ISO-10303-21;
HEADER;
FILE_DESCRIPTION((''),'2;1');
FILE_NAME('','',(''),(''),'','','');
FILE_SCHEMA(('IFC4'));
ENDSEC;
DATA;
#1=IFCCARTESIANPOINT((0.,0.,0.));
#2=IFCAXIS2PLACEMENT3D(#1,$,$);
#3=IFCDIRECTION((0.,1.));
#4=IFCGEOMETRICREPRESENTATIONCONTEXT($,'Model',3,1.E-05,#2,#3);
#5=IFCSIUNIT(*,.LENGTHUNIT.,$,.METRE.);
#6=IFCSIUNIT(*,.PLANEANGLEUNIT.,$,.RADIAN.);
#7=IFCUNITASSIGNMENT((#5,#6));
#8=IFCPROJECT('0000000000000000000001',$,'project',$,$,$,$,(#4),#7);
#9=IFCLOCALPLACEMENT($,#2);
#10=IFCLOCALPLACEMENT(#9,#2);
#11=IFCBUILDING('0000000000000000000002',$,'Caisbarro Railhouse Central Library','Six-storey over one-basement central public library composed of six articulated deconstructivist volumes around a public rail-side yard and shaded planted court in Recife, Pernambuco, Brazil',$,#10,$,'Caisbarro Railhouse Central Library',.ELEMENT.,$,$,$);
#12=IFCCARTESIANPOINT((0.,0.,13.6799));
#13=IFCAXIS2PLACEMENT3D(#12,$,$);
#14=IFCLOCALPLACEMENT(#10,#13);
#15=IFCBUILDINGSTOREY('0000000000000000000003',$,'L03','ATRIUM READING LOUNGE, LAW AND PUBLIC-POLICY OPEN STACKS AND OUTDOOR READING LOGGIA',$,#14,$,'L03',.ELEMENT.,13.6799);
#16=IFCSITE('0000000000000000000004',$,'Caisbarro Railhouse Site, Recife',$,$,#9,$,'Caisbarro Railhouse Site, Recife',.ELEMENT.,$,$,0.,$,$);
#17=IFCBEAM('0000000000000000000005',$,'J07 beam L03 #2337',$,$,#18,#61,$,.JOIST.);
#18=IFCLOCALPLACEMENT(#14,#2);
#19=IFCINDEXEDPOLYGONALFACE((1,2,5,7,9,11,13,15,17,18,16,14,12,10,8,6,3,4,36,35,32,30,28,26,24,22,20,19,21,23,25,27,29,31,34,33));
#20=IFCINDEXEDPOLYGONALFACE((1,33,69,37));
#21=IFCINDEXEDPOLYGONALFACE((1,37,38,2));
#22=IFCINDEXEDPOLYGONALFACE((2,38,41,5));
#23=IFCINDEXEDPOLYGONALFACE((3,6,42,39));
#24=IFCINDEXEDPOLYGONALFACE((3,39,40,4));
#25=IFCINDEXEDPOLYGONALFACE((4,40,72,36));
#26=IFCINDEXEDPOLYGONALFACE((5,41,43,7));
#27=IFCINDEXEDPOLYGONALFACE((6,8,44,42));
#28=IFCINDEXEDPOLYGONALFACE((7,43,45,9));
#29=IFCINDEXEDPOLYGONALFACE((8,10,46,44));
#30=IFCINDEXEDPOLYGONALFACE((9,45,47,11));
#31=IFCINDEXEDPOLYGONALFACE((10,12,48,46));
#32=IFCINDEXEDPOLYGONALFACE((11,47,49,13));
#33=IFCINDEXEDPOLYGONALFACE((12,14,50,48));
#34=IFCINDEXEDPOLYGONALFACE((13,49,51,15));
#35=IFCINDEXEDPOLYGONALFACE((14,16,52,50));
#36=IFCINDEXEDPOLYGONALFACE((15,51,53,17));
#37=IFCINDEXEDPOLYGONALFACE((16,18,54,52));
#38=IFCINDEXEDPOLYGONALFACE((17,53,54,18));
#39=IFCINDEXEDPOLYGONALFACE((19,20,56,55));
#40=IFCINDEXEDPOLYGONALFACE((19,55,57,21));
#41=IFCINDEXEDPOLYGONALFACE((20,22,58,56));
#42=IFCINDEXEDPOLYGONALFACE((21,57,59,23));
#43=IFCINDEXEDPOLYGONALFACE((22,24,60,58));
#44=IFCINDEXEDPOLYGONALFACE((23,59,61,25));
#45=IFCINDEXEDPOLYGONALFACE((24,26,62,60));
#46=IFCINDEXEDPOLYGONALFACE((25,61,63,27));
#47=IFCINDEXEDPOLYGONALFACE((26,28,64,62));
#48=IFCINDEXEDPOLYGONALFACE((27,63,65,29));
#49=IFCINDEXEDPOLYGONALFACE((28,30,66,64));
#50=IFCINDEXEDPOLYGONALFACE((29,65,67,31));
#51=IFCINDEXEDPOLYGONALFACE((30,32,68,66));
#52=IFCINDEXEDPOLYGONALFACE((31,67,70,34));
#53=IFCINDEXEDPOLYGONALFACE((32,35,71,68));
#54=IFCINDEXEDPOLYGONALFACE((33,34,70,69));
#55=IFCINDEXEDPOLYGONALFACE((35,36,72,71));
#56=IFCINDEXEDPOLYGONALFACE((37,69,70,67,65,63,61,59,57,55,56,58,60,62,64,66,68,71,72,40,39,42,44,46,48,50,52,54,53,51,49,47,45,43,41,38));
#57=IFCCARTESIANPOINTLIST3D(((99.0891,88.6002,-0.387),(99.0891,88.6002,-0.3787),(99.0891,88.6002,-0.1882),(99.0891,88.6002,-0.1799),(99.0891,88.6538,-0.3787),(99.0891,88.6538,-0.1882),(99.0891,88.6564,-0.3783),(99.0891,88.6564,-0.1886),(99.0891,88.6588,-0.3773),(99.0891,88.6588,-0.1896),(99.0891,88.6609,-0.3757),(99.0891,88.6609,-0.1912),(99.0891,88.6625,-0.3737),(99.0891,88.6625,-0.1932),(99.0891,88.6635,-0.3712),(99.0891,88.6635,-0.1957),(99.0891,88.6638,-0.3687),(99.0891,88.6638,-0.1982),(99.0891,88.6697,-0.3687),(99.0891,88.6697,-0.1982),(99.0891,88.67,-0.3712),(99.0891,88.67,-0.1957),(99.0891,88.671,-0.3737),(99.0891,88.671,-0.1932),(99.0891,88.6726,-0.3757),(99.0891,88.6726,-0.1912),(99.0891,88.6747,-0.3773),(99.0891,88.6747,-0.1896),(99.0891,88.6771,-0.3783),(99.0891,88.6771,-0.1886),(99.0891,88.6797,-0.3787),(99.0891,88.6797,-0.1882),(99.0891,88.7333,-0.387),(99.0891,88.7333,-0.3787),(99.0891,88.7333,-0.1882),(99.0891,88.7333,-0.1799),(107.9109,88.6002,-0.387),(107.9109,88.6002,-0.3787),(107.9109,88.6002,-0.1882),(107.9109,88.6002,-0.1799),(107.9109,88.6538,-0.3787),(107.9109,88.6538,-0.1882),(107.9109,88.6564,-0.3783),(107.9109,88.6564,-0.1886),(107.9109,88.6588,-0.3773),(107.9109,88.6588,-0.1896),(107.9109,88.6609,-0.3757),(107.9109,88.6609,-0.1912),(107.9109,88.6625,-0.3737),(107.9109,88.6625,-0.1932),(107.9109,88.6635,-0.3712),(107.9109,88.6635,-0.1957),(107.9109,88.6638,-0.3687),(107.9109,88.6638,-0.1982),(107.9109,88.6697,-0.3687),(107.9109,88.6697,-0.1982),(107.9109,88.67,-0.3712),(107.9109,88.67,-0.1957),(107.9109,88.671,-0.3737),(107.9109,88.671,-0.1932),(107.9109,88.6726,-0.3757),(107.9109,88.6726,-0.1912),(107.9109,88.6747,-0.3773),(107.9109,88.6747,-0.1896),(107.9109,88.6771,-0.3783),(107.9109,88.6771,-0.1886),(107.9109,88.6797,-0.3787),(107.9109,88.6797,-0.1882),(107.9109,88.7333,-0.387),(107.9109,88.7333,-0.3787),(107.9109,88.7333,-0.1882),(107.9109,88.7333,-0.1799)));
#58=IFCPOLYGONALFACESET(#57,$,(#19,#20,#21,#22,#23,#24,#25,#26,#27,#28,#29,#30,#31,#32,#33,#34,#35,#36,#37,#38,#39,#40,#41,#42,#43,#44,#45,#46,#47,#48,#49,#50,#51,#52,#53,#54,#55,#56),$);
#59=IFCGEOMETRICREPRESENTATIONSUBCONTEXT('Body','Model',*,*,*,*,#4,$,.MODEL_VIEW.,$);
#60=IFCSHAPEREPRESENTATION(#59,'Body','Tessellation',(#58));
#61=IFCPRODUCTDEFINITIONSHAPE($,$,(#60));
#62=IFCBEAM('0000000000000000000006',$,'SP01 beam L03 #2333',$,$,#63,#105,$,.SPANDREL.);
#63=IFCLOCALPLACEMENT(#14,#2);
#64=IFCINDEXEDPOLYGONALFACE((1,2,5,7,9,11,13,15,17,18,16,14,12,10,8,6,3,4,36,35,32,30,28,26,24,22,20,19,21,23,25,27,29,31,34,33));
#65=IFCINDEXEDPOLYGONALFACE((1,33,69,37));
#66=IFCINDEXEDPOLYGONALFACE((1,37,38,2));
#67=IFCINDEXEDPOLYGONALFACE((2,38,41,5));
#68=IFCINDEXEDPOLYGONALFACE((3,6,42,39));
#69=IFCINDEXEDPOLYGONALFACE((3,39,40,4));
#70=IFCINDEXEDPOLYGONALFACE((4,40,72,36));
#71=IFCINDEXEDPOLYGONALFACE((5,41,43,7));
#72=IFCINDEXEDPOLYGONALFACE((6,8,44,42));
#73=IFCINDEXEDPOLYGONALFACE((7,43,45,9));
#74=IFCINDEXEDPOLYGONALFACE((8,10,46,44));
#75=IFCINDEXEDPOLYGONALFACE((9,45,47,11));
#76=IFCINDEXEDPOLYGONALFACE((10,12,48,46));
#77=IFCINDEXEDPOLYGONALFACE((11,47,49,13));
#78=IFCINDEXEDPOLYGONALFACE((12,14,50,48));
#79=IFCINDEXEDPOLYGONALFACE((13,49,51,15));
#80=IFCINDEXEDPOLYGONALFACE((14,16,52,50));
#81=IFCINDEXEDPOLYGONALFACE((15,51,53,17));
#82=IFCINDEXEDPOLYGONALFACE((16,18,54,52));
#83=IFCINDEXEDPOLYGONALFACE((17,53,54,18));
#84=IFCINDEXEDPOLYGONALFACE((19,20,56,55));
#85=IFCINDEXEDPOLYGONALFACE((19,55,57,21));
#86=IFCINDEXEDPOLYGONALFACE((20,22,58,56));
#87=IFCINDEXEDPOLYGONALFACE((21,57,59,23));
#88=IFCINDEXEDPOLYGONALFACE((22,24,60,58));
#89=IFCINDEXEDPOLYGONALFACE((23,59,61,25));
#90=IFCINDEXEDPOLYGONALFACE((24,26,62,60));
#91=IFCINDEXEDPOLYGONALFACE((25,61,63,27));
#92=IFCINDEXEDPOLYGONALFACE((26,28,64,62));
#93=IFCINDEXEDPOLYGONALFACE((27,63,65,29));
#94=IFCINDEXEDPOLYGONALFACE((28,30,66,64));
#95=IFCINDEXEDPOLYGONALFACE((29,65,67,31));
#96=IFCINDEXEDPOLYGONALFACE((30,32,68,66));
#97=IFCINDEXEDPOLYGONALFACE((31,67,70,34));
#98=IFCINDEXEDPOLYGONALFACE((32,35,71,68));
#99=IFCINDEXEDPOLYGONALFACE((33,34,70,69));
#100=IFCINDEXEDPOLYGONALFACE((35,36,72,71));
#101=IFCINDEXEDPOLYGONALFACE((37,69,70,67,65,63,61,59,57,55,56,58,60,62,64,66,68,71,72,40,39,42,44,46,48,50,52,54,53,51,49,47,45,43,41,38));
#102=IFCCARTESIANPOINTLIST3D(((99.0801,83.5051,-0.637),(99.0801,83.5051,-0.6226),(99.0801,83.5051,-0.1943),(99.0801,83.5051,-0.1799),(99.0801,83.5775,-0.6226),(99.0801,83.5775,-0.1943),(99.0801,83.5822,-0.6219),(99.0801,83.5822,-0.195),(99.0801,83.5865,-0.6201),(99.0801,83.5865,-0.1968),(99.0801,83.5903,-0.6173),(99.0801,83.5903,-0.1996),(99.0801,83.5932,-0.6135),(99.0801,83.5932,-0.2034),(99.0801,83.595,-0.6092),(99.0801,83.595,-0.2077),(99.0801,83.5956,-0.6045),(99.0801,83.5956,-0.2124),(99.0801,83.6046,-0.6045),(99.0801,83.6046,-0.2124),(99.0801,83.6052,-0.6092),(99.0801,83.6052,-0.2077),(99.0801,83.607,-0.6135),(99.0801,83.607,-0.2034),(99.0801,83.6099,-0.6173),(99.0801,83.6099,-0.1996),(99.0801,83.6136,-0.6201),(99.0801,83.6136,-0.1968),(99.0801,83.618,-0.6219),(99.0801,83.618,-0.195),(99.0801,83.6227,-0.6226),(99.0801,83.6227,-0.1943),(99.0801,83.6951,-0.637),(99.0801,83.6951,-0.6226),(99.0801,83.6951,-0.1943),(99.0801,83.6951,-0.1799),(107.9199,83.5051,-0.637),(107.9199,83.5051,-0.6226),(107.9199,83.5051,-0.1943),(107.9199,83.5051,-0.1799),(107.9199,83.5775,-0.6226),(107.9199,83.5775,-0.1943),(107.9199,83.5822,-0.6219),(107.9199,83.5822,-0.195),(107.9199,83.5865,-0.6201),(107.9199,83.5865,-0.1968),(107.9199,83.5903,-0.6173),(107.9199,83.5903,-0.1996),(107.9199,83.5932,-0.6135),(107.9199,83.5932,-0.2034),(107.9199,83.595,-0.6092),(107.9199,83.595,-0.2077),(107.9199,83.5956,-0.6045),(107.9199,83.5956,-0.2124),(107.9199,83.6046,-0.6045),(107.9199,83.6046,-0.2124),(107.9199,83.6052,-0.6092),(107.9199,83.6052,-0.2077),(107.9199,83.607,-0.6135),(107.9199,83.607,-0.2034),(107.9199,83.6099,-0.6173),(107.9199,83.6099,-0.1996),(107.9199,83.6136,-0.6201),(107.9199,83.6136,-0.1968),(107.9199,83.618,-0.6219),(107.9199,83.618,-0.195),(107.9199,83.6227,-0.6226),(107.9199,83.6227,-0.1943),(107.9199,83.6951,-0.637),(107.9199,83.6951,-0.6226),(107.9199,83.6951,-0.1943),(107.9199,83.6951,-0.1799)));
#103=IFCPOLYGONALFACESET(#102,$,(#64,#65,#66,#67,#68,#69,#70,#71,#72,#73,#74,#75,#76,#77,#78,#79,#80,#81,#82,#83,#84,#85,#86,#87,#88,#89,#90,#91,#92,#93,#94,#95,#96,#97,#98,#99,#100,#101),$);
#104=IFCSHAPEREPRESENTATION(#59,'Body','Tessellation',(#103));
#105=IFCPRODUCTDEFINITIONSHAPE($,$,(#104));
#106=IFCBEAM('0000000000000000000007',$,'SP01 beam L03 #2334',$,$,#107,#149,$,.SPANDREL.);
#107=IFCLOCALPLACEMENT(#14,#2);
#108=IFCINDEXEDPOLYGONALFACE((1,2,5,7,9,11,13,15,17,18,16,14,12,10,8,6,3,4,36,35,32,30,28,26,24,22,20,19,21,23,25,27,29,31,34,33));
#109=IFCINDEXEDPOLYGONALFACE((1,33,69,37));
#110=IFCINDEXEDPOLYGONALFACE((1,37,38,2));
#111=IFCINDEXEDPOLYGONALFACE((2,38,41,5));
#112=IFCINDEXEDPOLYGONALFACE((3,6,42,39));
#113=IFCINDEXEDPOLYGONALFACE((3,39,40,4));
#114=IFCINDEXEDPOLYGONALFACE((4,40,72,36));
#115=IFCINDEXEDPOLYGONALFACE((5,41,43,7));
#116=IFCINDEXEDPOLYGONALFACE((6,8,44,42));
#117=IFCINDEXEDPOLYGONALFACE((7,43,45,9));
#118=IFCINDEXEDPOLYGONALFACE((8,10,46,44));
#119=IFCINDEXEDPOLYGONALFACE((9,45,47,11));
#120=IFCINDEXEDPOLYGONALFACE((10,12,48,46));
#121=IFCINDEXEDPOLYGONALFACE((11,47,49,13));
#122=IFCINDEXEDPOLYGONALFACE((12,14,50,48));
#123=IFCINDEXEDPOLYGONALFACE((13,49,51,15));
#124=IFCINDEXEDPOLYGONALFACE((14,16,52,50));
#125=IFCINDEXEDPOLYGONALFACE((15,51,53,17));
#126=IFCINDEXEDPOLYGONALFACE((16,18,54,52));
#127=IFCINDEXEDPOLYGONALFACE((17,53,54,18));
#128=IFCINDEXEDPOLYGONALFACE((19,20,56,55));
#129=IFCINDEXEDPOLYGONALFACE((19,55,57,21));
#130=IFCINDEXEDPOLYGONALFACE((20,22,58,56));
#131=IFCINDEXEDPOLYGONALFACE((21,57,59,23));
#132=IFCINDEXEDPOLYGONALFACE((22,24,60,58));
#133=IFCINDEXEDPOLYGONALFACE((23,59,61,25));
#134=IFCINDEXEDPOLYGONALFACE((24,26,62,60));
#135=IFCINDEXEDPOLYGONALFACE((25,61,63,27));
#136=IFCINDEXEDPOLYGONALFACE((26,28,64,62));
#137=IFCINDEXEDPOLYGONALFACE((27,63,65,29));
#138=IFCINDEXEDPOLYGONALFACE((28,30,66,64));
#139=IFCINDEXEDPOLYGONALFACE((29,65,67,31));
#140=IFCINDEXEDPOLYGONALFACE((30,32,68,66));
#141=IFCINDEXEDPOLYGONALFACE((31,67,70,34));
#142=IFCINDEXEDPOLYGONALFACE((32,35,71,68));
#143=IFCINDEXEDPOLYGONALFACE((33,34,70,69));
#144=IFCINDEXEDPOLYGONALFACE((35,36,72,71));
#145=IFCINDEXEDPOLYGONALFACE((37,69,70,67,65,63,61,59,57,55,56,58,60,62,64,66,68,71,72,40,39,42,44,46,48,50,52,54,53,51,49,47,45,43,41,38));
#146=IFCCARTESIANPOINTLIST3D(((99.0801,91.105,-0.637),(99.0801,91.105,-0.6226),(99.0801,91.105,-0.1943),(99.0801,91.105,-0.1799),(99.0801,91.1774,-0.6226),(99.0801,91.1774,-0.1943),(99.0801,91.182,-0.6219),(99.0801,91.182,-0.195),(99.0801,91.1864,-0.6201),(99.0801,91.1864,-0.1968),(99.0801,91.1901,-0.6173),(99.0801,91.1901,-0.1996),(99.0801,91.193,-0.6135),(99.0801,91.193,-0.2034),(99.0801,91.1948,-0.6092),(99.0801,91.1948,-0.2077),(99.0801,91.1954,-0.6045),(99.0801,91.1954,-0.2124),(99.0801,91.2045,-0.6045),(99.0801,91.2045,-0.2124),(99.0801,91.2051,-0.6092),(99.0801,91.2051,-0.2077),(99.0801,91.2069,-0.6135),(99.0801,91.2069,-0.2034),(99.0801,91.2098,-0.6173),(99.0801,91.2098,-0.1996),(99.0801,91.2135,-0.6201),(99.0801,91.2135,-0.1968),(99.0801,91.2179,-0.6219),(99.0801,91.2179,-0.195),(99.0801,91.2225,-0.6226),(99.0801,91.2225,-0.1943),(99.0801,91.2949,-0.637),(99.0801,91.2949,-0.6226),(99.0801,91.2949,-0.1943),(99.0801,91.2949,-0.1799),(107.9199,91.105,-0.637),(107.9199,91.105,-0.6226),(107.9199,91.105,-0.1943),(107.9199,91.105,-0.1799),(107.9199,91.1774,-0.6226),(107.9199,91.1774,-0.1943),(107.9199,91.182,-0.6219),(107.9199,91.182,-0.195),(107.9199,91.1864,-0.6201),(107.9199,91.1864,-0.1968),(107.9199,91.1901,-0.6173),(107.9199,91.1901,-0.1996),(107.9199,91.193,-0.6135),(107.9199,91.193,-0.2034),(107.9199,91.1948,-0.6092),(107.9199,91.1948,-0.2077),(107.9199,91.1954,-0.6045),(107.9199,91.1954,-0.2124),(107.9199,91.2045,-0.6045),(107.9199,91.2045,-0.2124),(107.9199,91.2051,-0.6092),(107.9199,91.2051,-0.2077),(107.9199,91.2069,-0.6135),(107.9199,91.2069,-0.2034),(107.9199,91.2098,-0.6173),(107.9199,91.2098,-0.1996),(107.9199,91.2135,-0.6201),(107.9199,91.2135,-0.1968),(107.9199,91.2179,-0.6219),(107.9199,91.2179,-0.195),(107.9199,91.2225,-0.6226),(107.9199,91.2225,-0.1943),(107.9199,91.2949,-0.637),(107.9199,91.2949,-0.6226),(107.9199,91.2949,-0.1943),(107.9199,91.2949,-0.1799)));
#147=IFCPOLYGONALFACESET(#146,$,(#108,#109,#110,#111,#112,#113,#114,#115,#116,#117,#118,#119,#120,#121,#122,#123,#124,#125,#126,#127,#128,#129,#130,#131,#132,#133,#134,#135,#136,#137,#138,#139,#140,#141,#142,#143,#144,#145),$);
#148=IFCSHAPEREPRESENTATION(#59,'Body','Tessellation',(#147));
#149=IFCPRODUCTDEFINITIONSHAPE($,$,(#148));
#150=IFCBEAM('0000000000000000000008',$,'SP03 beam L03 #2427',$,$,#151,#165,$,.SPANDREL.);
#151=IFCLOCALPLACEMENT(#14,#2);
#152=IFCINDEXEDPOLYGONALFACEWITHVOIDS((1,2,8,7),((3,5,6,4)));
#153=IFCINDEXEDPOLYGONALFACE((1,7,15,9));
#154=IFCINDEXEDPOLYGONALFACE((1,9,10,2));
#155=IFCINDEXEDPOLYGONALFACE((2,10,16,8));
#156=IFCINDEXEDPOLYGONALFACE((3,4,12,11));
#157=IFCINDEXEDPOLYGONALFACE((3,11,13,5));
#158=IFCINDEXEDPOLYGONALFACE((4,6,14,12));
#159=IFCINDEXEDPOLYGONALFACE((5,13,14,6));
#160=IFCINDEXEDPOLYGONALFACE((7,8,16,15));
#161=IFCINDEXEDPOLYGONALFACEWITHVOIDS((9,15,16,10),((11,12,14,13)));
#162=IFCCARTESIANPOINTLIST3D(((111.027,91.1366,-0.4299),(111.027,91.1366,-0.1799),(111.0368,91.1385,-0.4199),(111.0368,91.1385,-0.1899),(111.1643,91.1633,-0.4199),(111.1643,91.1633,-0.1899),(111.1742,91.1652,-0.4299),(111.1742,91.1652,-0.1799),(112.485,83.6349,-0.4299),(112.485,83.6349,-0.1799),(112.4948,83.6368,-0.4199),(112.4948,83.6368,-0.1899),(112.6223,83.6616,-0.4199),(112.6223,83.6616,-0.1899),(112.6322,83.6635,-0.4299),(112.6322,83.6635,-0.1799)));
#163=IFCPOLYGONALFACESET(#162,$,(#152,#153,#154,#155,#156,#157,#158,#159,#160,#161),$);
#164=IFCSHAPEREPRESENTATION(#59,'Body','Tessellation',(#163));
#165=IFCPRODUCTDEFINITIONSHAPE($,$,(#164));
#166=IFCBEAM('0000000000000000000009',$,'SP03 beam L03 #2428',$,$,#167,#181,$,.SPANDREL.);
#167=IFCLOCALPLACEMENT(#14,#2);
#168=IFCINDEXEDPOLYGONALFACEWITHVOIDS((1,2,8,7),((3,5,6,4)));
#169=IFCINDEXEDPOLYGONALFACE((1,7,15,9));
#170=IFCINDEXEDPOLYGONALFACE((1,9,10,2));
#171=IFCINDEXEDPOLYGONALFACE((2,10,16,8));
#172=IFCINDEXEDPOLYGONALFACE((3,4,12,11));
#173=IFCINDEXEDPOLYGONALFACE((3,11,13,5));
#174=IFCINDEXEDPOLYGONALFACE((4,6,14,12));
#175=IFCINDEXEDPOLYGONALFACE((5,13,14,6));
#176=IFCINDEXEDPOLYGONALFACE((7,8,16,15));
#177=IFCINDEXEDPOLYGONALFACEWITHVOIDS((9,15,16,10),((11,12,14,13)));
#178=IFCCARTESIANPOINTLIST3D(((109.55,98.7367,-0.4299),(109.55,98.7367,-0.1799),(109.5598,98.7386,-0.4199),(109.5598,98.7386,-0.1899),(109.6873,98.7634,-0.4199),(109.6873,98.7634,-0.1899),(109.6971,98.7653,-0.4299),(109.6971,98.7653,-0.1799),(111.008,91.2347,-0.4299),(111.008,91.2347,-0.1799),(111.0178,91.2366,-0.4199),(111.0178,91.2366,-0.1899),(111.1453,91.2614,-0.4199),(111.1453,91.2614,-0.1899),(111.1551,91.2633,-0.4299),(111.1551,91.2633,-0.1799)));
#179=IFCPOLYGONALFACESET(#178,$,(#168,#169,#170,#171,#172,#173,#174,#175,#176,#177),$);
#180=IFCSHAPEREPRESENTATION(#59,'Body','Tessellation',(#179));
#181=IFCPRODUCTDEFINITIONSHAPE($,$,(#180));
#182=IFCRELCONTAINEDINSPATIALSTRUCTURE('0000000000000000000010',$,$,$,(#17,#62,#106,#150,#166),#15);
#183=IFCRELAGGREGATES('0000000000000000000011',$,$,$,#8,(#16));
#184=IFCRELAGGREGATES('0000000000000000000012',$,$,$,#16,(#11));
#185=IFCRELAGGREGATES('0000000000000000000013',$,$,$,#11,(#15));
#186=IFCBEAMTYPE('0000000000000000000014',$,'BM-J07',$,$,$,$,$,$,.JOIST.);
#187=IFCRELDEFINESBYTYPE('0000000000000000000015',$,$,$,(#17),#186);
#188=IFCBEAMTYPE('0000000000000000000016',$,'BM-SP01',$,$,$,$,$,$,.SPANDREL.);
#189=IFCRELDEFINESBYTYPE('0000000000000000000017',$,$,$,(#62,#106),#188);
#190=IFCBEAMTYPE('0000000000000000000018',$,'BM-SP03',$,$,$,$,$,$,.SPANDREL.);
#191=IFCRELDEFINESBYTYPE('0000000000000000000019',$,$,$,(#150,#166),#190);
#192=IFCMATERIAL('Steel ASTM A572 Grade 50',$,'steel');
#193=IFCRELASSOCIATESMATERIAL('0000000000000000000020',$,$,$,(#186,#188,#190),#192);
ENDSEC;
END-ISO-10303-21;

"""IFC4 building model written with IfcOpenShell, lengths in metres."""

from ifc_helpers import new_model, si_unit, direction, frame, origin, origin_2d, place, context, subcontext, project, spatial, hollow_rectangle, i_section, extrude, material, material_profile, profile_set, type_object, element, save


model = new_model("IFC4")

# Units and contexts
model_context = context("Model", 3, precision=1e-05, world=origin(), true_north=direction((0.0, 1.0)))
body_context = subcontext(model_context, "Body", "Model", "MODEL_VIEW")
ifc_project = project(units=[si_unit("LENGTHUNIT", "METRE"), si_unit("PLANEANGLEUNIT", "RADIAN")], contexts=[model_context])

# Site, building, storey
site_placement = place(None, origin())
site = spatial("IfcSite", under=ifc_project, at=site_placement, Name="Caisbarro Railhouse Site, Recife", LongName="Caisbarro Railhouse Site, Recife", CompositionType="ELEMENT", RefElevation=0.0)
building_placement = place(site_placement, origin())
building = spatial("IfcBuilding", under=site, at=building_placement, Name="Caisbarro Railhouse Central Library", Description="Six-storey over one-basement central public library composed of six articulated deconstructivist volumes around a public rail-side yard and shaded planted court in Recife, Pernambuco, Brazil", LongName="Caisbarro Railhouse Central Library", CompositionType="ELEMENT")
storey_placement = place(building_placement, frame((0.0, 0.0, 13.6799)))
storey = spatial("IfcBuildingStorey", under=building, at=storey_placement, Name="L03", Description="ATRIUM READING LOUNGE, LAW AND PUBLIC-POLICY OPEN STACKS AND OUTDOOR READING LOGGIA", LongName="L03", CompositionType="ELEMENT", Elevation=13.6799)

# Shared definitions
ifc_material_1 = material(Name="Steel ASTM A572 Grade 50", Category="steel")

# Beams
ifc_material_profile_1 = material_profile(ifc_material_1, i_section(OverallWidth=0.1331, OverallDepth=0.207, WebThickness=0.0059, FlangeThickness=0.0083, FilletRadius=0.01, at=origin_2d()), Name="W200X26.6")
ifc_profile_set_1 = profile_set([ifc_material_profile_1], Name="Steel ASTM A572 Grade 50")
beam_type_1 = type_object("IfcBeamType", Name="BM-J07", PredefinedType="JOIST", material=ifc_profile_set_1)
for number, where, z_axis, x_axis, name in (
    (1, (99.0891, 88.6667, -0.2834), (1.0, 0.0, 0.0), (0.0, 1.0, 0.0), "J07 beam L03 #2337"),
):
    element("IfcBeam", number, at=place(storey_placement, frame(where, z_axis=z_axis, x_axis=x_axis)), inside=storey, type_object=beam_type_1, Name=name, PredefinedType="JOIST", context=body_context, shape_type="SweptSolid", body=[
        extrude(i_section(OverallWidth=0.1331, OverallDepth=0.207, WebThickness=0.0059, FlangeThickness=0.0083, FilletRadius=0.01, at=origin_2d()), origin(), (0.0, 0.0, 1.0), 8.8218),
    ])
ifc_material_profile_2 = material_profile(ifc_material_1, i_section(OverallWidth=0.1899, OverallDepth=0.457, WebThickness=0.009, FlangeThickness=0.0144, FilletRadius=0.0181, at=origin_2d()), Name="W460X74.0")
ifc_profile_set_2 = profile_set([ifc_material_profile_2], Name="Steel ASTM A572 Grade 50")
beam_type_2 = type_object("IfcBeamType", Name="BM-SP01", PredefinedType="SPANDREL", material=ifc_profile_set_2)
for number, where, z_axis, x_axis, name in (
    (2, (99.0801, 83.6001, -0.4084), (1.0, 0.0, 0.0), (0.0, 1.0, 0.0), "SP01 beam L03 #2333"),
    (3, (99.0801, 91.2, -0.4084), (1.0, 0.0, 0.0), (0.0, 1.0, 0.0), "SP01 beam L03 #2334"),
):
    element("IfcBeam", number, at=place(storey_placement, frame(where, z_axis=z_axis, x_axis=x_axis)), inside=storey, type_object=beam_type_2, Name=name, PredefinedType="SPANDREL", context=body_context, shape_type="SweptSolid", body=[
        extrude(i_section(OverallWidth=0.1899, OverallDepth=0.457, WebThickness=0.009, FlangeThickness=0.0144, FilletRadius=0.0181, at=origin_2d()), origin(), (0.0, 0.0, 1.0), 8.8398),
    ])
ifc_material_profile_3 = material_profile(ifc_material_1, hollow_rectangle(XDim=0.1499, YDim=0.25, WallThickness=0.01, at=origin_2d()), Name="HSS250X150X10")
ifc_profile_set_3 = profile_set([ifc_material_profile_3], Name="Steel ASTM A572 Grade 50")
beam_type_3 = type_object("IfcBeamType", Name="BM-SP03", PredefinedType="SPANDREL", material=ifc_profile_set_3)
beam_1_placement = place(storey_placement, frame((112.5586, 83.6492, -0.3049), z_axis=(-0.190787, 0.981632, 0.0), x_axis=(-0.981632, -0.190787, 0.0)))
element("IfcBeam", 4, at=beam_1_placement, inside=storey, type_object=beam_type_3, Name="SP03 beam L03 #2427", PredefinedType="SPANDREL", context=body_context, shape_type="SweptSolid", body=[
    extrude(hollow_rectangle(XDim=0.1499, YDim=0.25, WallThickness=0.01, at=origin_2d()), origin(), (0.0, 0.0, 1.0), 7.6421),
])
beam_2_placement = place(storey_placement, frame((111.0815, 91.249, -0.3049), z_axis=(-0.190781, 0.981633, 0.0), x_axis=(-0.981633, -0.190781, 0.0)))
element("IfcBeam", 5, at=beam_2_placement, inside=storey, type_object=beam_type_3, Name="SP03 beam L03 #2428", PredefinedType="SPANDREL", context=body_context, shape_type="SweptSolid", body=[
    extrude(hollow_rectangle(XDim=0.1499, YDim=0.25, WallThickness=0.01, at=origin_2d()), origin(), (0.0, 0.0, 1.0), 7.6423),
])

save(model, "model.ifc")
